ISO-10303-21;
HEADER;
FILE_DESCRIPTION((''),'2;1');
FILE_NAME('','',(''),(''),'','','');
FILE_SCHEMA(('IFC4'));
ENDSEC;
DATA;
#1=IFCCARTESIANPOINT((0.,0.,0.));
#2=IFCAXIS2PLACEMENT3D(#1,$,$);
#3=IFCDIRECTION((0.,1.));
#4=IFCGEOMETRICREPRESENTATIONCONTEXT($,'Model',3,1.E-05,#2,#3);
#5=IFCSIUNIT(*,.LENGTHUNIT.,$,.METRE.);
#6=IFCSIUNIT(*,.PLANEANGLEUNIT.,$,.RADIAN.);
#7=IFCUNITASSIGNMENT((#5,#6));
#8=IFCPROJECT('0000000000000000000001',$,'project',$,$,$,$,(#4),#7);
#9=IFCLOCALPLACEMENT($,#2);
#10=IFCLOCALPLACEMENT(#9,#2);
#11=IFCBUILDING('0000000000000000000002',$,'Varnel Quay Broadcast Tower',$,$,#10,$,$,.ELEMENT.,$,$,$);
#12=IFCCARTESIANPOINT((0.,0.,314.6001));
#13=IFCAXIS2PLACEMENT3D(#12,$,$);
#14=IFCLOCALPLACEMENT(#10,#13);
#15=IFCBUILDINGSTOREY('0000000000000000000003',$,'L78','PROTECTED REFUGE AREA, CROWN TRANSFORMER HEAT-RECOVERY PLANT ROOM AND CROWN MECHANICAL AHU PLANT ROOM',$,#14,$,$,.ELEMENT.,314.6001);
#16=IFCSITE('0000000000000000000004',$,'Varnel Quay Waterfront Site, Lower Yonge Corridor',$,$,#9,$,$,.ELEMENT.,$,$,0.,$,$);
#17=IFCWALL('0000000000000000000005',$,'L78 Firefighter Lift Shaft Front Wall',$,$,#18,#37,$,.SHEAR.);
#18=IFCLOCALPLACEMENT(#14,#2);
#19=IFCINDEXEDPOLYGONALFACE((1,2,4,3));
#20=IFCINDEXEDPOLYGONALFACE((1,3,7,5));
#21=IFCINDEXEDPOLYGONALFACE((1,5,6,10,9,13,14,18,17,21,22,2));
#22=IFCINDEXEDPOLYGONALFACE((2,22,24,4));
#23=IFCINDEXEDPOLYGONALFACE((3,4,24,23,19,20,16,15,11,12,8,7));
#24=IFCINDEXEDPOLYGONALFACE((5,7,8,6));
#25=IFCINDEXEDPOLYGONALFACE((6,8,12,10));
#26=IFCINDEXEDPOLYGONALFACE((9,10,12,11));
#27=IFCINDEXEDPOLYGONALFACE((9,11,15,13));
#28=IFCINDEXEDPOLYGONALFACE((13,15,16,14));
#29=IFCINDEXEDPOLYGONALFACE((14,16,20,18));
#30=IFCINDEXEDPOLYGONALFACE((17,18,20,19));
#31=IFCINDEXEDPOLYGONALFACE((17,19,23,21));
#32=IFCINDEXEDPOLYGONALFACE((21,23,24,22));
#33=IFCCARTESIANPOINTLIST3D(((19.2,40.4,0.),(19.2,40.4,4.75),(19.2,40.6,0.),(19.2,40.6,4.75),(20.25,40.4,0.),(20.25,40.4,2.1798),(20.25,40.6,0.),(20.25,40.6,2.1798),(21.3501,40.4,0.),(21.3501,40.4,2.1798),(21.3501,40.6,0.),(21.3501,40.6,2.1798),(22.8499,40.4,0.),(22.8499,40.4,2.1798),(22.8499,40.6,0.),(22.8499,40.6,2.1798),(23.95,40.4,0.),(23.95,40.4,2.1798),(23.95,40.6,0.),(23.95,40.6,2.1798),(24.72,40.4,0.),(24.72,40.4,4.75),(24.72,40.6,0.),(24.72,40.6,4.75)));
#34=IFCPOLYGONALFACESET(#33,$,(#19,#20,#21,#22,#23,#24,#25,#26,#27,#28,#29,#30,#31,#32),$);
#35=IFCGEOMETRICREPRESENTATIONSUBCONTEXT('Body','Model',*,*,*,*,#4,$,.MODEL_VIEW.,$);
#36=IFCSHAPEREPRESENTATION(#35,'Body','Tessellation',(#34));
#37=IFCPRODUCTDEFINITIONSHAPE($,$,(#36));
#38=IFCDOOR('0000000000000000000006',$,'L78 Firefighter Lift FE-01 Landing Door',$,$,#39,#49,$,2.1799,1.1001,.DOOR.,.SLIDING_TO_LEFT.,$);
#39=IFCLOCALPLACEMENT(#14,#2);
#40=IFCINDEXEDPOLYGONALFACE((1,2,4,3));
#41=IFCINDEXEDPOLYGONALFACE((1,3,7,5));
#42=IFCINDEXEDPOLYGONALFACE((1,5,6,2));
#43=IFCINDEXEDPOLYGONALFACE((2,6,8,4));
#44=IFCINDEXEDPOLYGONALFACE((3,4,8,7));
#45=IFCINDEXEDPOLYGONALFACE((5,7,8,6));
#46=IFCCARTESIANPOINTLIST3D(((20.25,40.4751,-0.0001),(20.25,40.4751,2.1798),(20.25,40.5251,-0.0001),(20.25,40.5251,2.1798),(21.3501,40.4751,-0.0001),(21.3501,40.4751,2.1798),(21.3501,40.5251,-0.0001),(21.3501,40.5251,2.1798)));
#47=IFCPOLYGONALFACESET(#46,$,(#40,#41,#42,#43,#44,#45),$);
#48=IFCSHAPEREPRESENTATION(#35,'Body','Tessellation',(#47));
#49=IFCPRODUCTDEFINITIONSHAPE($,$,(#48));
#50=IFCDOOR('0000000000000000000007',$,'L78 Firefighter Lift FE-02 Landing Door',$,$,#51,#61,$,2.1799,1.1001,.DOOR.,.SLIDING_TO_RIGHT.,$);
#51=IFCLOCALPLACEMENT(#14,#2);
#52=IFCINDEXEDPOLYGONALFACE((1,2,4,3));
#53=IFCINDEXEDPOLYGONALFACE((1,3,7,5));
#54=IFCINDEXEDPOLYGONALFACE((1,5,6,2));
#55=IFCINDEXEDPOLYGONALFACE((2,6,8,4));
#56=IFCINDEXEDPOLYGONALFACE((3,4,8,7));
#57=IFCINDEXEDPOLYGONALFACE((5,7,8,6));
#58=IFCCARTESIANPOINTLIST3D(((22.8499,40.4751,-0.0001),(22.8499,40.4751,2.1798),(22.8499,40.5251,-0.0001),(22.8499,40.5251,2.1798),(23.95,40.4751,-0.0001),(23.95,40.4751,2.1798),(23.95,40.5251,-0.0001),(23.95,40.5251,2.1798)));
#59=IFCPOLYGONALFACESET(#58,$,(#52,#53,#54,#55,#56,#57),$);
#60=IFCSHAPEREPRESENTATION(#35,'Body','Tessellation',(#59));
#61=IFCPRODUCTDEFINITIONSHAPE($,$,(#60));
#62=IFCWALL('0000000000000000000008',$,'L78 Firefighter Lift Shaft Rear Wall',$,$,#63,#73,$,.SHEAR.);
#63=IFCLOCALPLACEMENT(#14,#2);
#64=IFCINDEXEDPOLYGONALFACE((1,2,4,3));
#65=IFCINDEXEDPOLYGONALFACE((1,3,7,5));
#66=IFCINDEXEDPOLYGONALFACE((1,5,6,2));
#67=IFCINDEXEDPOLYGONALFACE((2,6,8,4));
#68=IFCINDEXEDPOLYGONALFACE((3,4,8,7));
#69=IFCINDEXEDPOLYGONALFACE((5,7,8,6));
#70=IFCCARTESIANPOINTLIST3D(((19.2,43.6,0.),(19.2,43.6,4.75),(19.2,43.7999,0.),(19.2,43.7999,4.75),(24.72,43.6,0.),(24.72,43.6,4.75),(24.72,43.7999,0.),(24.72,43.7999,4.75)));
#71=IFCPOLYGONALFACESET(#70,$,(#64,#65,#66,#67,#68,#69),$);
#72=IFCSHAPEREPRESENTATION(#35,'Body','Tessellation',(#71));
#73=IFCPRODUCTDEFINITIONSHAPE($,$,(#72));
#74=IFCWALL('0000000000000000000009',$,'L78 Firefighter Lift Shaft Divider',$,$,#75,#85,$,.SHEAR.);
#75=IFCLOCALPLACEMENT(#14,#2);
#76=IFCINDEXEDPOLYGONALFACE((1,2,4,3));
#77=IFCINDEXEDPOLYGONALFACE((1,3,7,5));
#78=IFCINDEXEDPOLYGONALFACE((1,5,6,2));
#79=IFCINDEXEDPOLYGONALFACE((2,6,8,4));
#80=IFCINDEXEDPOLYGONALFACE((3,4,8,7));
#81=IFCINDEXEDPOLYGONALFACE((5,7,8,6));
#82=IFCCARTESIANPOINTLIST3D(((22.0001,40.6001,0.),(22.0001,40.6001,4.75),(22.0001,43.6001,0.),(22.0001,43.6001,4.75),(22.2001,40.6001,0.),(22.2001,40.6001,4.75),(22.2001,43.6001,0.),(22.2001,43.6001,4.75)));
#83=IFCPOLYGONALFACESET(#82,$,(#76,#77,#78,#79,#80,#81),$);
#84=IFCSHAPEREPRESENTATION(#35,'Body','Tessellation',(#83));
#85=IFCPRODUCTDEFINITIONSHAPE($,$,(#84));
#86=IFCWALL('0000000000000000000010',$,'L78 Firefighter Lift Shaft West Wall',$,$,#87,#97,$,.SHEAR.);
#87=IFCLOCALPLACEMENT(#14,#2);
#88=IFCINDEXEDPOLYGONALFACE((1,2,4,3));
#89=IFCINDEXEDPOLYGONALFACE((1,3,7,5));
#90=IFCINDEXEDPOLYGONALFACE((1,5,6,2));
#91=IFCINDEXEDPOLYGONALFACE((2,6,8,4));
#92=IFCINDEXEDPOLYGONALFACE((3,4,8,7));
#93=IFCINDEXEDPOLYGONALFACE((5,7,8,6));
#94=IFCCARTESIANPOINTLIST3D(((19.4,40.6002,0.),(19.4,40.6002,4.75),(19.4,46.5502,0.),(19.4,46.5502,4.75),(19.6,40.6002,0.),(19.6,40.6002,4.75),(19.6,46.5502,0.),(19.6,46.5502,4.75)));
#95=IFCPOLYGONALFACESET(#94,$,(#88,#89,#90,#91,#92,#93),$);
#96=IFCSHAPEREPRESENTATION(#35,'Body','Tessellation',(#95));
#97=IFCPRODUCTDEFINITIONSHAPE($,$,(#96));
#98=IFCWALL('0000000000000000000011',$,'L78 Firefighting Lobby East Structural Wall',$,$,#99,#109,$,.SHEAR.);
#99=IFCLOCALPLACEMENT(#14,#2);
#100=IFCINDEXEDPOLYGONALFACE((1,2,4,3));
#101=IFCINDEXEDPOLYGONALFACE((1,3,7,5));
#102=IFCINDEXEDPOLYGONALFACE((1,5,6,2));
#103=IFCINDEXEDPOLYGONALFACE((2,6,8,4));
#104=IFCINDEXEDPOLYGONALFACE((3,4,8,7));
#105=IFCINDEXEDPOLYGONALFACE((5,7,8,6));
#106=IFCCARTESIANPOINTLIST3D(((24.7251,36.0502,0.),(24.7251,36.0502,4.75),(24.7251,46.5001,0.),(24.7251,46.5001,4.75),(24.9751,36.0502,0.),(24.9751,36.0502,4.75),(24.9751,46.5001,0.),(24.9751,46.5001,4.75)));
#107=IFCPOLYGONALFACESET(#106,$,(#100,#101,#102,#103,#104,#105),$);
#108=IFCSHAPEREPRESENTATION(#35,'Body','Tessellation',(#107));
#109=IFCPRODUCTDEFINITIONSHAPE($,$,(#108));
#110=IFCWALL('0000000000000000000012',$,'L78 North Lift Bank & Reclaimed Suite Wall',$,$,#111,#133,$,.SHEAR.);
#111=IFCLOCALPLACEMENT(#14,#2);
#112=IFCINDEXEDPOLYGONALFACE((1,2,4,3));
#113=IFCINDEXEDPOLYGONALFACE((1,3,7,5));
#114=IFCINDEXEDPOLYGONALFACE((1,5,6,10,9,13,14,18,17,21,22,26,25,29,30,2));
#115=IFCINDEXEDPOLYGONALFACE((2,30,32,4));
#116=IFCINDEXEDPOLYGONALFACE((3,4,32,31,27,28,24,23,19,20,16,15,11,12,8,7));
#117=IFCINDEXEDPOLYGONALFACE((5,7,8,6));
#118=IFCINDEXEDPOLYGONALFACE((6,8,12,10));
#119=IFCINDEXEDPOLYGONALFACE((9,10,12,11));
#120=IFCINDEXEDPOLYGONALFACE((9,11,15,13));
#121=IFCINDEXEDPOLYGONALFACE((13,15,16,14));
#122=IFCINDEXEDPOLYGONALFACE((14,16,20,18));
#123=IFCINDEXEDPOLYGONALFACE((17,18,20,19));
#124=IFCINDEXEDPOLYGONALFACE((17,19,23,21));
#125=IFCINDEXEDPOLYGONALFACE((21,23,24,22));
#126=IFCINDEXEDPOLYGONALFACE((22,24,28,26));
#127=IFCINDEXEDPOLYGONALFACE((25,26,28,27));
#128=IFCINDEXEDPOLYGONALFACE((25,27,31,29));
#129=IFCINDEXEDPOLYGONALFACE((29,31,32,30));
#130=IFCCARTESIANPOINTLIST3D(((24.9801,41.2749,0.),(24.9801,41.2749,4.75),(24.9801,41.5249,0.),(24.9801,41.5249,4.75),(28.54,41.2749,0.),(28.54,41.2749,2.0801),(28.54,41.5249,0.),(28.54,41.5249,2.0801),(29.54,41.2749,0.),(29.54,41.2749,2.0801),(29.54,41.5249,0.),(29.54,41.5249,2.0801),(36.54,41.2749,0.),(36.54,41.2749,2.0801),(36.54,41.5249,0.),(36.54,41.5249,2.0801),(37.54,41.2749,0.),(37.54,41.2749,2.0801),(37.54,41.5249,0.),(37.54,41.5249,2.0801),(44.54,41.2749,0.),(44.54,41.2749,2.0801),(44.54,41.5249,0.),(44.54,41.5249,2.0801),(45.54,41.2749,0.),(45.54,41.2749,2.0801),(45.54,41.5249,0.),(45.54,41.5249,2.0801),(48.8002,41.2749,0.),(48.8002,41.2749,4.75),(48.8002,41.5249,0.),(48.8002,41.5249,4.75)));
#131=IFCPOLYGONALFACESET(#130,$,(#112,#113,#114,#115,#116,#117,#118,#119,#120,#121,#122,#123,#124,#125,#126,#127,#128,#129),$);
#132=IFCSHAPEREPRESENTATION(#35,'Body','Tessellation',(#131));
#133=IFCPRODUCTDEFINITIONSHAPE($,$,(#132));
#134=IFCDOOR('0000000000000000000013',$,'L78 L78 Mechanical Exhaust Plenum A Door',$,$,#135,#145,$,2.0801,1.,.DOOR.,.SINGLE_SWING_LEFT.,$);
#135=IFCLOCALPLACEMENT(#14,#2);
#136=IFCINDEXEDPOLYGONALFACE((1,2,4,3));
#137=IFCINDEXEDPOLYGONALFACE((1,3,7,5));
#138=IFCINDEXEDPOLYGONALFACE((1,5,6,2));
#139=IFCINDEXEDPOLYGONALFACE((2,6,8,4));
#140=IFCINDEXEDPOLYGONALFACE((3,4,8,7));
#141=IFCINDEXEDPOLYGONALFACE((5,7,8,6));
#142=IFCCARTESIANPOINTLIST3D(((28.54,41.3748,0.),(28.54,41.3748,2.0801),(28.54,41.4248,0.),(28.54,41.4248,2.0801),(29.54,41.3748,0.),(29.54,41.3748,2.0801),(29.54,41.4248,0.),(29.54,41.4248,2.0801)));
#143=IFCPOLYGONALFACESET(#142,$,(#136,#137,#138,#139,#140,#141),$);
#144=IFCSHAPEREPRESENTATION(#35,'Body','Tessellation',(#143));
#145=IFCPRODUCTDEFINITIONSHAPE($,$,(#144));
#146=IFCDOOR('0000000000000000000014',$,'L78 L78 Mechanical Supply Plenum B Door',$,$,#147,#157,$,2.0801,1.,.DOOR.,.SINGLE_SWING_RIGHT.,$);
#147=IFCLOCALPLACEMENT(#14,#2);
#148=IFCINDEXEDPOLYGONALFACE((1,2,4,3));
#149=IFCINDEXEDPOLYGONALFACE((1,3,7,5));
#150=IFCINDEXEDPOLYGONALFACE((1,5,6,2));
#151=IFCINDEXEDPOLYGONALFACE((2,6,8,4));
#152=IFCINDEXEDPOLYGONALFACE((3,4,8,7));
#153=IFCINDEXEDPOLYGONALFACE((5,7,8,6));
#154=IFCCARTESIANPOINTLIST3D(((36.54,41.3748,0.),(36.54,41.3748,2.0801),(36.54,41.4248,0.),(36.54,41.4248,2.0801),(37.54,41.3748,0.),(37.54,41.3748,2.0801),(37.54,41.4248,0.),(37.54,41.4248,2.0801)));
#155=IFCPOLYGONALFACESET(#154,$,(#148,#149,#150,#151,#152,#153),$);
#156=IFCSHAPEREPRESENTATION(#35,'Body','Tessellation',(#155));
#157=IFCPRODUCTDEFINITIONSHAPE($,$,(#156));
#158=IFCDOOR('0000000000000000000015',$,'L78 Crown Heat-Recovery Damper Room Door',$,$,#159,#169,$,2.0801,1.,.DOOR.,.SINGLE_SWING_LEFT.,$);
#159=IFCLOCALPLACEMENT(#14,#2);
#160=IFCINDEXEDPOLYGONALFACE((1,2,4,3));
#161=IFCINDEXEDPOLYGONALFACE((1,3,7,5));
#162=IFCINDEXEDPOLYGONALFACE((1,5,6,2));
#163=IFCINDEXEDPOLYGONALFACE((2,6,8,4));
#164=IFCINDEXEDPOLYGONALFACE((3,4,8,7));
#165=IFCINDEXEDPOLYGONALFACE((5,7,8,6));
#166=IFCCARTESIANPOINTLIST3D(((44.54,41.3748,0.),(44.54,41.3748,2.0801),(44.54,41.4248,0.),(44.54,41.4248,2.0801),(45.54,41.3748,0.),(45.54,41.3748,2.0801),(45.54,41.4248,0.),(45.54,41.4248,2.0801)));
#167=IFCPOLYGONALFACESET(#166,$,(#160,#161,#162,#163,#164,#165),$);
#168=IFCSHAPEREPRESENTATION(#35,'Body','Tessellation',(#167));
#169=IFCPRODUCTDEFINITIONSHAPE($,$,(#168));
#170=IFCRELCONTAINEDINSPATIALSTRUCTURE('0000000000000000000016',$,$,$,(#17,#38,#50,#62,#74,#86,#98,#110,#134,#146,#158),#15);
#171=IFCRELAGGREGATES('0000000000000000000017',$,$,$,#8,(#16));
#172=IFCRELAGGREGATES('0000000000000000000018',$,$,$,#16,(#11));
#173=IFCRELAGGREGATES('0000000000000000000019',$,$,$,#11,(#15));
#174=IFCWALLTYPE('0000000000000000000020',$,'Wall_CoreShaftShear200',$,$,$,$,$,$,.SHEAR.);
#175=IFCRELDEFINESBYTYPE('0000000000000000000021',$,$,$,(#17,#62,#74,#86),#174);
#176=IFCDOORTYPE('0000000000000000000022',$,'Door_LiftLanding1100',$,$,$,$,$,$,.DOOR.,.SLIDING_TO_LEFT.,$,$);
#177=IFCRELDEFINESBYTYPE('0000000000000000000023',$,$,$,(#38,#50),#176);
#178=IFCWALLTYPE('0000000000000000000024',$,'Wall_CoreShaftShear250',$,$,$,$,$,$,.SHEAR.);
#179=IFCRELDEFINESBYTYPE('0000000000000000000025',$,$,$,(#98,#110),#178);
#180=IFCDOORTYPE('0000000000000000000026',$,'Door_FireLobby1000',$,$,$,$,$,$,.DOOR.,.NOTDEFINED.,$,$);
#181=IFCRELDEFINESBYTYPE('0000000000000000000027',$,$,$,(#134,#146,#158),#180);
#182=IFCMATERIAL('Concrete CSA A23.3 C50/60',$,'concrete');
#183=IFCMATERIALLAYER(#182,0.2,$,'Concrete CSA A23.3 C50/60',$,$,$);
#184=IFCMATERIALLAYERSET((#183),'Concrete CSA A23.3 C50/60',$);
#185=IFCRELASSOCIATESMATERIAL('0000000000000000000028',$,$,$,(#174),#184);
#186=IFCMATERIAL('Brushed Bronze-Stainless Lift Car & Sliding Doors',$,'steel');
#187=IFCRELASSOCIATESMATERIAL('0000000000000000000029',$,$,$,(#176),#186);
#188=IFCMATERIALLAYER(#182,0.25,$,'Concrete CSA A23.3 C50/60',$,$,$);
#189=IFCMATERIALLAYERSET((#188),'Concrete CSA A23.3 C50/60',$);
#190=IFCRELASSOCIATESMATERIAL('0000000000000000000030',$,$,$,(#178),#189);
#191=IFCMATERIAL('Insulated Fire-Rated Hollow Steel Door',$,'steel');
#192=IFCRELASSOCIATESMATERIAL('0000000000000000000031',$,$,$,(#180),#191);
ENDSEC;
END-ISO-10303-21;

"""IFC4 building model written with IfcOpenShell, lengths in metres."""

from ifc_helpers import new_model, si_unit, direction, frame, frame_2d, origin, place, context, subcontext, project, spatial, rectangle, extrude, source, transform, mapped, material, layer, layer_set, type_object, type_shapes, element, fill, save


model = new_model("IFC4")

# Units and contexts
model_context = context("Model", 3, precision=1e-05, world=origin(), true_north=direction((0.0, 1.0)))
body_context = subcontext(model_context, "Body", "Model", "MODEL_VIEW")
ifc_project = project(units=[si_unit("LENGTHUNIT", "METRE"), si_unit("PLANEANGLEUNIT", "RADIAN")], contexts=[model_context])

# Site, building, storey
site_placement = place(None, origin())
site = spatial("IfcSite", under=ifc_project, at=site_placement, Name="Varnel Quay Waterfront Site, Lower Yonge Corridor", CompositionType="ELEMENT", RefElevation=0.0)
building_placement = place(site_placement, origin())
building = spatial("IfcBuilding", under=site, at=building_placement, Name="Varnel Quay Broadcast Tower", CompositionType="ELEMENT")
storey_placement = place(building_placement, frame((0.0, 0.0, 314.6001)))
storey = spatial("IfcBuildingStorey", under=building, at=storey_placement, Name="L78", Description="PROTECTED REFUGE AREA, CROWN TRANSFORMER HEAT-RECOVERY PLANT ROOM AND CROWN MECHANICAL AHU PLANT ROOM", CompositionType="ELEMENT", Elevation=314.6001)

# Shared definitions
ifc_material_1 = material(Name="Concrete CSA A23.3 C50/60", Category="concrete")
ifc_layer_1 = layer(ifc_material_1, 0.2, Name="Concrete CSA A23.3 C50/60")
ifc_layer_set_1 = layer_set([ifc_layer_1], Name="Concrete CSA A23.3 C50/60")
wall_type_1 = type_object("IfcWallType", Name="Wall_CoreShaftShear200", PredefinedType="SHEAR", material=ifc_layer_set_1)
ifc_material_2 = material(Name="Insulated Fire-Rated Hollow Steel Door", Category="steel")

# Wall, openings, doors
wall_1_placement = place(storey_placement, frame((19.2, 40.5, 0.0), z_axis=(0.0, 0.0, 1.0), x_axis=(1.0, 0.0, 0.0)))
wall_1 = element("IfcWall", 1, at=wall_1_placement, inside=storey, type_object=wall_type_1, Name="L78 Firefighter Lift Shaft Front Wall", PredefinedType="SHEAR", context=body_context, shape_type="SweptSolid", body=[
    extrude(rectangle(XDim=5.52, YDim=0.2, at=frame_2d((2.76, 0.0))), origin(), (0.0, 0.0, 1.0), 4.75),
])
opening_1_placement = place(wall_1_placement, frame((1.05, 0.0, 0.0)))
opening_1 = element("IfcOpeningElement", 2, at=opening_1_placement, cuts=wall_1, PredefinedType="OPENING", context=body_context, shape_type="SweptSolid", body=[
    extrude(rectangle(XDim=1.1001, YDim=2.1799, at=frame_2d((0.55, 1.0898))), frame((0.0, 0.1099, 0.0), z_axis=(0.0, -1.0, 0.0), x_axis=(1.0, 0.0, 0.0)), (0.0, 0.0, 1.0), 0.22),
])
opening_2_placement = place(wall_1_placement, frame((3.6499, 0.0, 0.0)))
opening_2 = element("IfcOpeningElement", 3, at=opening_2_placement, cuts=wall_1, PredefinedType="OPENING", context=body_context, shape_type="SweptSolid", body=[
    extrude(rectangle(XDim=1.1001, YDim=2.1799, at=frame_2d((0.55, 1.0898))), frame((0.0, 0.1099, 0.0), z_axis=(0.0, -1.0, 0.0), x_axis=(1.0, 0.0, 0.0)), (0.0, 0.0, 1.0), 0.22),
])
ifc_material_3 = material(Name="Brushed Bronze-Stainless Lift Car & Sliding Doors", Category="steel")
door_type_1 = type_object("IfcDoorType", Name="Door_LiftLanding1100", OperationType="SLIDING_TO_LEFT", PredefinedType="DOOR", material=ifc_material_3)
shared_shape_1 = source(origin(), body_context, "Body", "SweptSolid", [
    extrude(rectangle(XDim=1.1001, YDim=2.1799, at=frame_2d((0.55, 1.0898))), frame((0.0, 0.0249, 0.0), z_axis=(0.0, -1.0, 0.0), x_axis=(1.0, 0.0, 0.0)), (0.0, 0.0, 1.0), 0.05),
])
type_shapes(door_type_1, [shared_shape_1])
door_1_placement = place(opening_1_placement, frame((1.1001, 0.0, 0.0), z_axis=(0.0, 0.0, 1.0), x_axis=(-1.0, 0.0, 0.0)))
door_1 = element("IfcDoor", 4, at=door_1_placement, inside=storey, type_object=door_type_1, Name="L78 Firefighter Lift FE-01 Landing Door", OperationType="SLIDING_TO_LEFT", OverallHeight=2.1799, OverallWidth=1.1001, PredefinedType="DOOR", context=body_context, shape_type="MappedRepresentation", body=[
    mapped(shared_shape_1, transform((0.0, 0.0, 0.0), x_axis=(1.0, 0.0, 0.0), y_axis=(0.0, 1.0, 0.0), z_axis=(0.0, 0.0, 1.0), scale=1.0)),
])
fill(opening_1, door_1)
door_2_placement = place(opening_2_placement, frame((1.1001, 0.0, 0.0), z_axis=(0.0, 0.0, 1.0), x_axis=(-1.0, 0.0, 0.0)))
door_2 = element("IfcDoor", 5, at=door_2_placement, inside=storey, type_object=door_type_1, Name="L78 Firefighter Lift FE-02 Landing Door", OperationType="SLIDING_TO_RIGHT", OverallHeight=2.1799, OverallWidth=1.1001, PredefinedType="DOOR", context=body_context, shape_type="MappedRepresentation", body=[
    mapped(shared_shape_1, transform((0.0, 0.0, 0.0), x_axis=(1.0, 0.0, 0.0), y_axis=(0.0, 1.0, 0.0), z_axis=(0.0, 0.0, 1.0), scale=1.0)),
])
fill(opening_2, door_2)

# Walls
wall_2_placement = place(storey_placement, frame((19.2, 43.7, 0.0), z_axis=(0.0, 0.0, 1.0), x_axis=(1.0, 0.0, 0.0)))
element("IfcWall", 6, at=wall_2_placement, inside=storey, type_object=wall_type_1, Name="L78 Firefighter Lift Shaft Rear Wall", PredefinedType="SHEAR", context=body_context, shape_type="SweptSolid", body=[
    extrude(rectangle(XDim=5.52, YDim=0.2, at=frame_2d((2.76, 0.0))), origin(), (0.0, 0.0, 1.0), 4.75),
])
wall_3_placement = place(storey_placement, frame((22.1001, 40.6001, 0.0), z_axis=(0.0, 0.0, 1.0), x_axis=(0.0, 1.0, 0.0)))
element("IfcWall", 7, at=wall_3_placement, inside=storey, type_object=wall_type_1, Name="L78 Firefighter Lift Shaft Divider", PredefinedType="SHEAR", context=body_context, shape_type="SweptSolid", body=[
    extrude(rectangle(XDim=3.0, YDim=0.2, at=frame_2d((1.5, 0.0))), origin(), (0.0, 0.0, 1.0), 4.75),
])
wall_4_placement = place(storey_placement, frame((19.5, 40.6001, 0.0), z_axis=(0.0, 0.0, 1.0), x_axis=(0.0, 1.0, 0.0)))
element("IfcWall", 8, at=wall_4_placement, inside=storey, type_object=wall_type_1, Name="L78 Firefighter Lift Shaft West Wall", PredefinedType="SHEAR", context=body_context, shape_type="SweptSolid", body=[
    extrude(rectangle(XDim=5.95, YDim=0.2, at=frame_2d((2.9751, 0.0))), origin(), (0.0, 0.0, 1.0), 4.75),
])
ifc_layer_2 = layer(ifc_material_1, 0.25, Name="Concrete CSA A23.3 C50/60")
ifc_layer_set_2 = layer_set([ifc_layer_2], Name="Concrete CSA A23.3 C50/60")
wall_type_2 = type_object("IfcWallType", Name="Wall_CoreShaftShear250", PredefinedType="SHEAR", material=ifc_layer_set_2)
wall_5_placement = place(storey_placement, frame((24.8501, 36.05, 0.0), z_axis=(0.0, 0.0, 1.0), x_axis=(0.0, 1.0, 0.0)))
element("IfcWall", 9, at=wall_5_placement, inside=storey, type_object=wall_type_2, Name="L78 Firefighting Lobby East Structural Wall", PredefinedType="SHEAR", context=body_context, shape_type="SweptSolid", body=[
    extrude(rectangle(XDim=10.45, YDim=0.25, at=frame_2d((5.2251, 0.0))), origin(), (0.0, 0.0, 1.0), 4.75),
])

# Wall, openings, doors
wall_6_placement = place(storey_placement, frame((24.98, 41.3999, 0.0), z_axis=(0.0, 0.0, 1.0), x_axis=(1.0, 0.0, 0.0)))
wall_6 = element("IfcWall", 10, at=wall_6_placement, inside=storey, type_object=wall_type_2, Name="L78 North Lift Bank & Reclaimed Suite Wall", PredefinedType="SHEAR", context=body_context, shape_type="SweptSolid", body=[
    extrude(rectangle(XDim=23.8201, YDim=0.25, at=frame_2d((11.9102, 0.0))), origin(), (0.0, 0.0, 1.0), 4.75),
])
opening_3_placement = place(wall_6_placement, frame((3.5601, 0.0, 0.0)))
opening_3 = element("IfcOpeningElement", 11, at=opening_3_placement, cuts=wall_6, PredefinedType="OPENING", context=body_context, shape_type="SweptSolid", body=[
    extrude(rectangle(XDim=1.0, YDim=2.0801, at=frame_2d((0.5, 1.04))), frame((0.0, 0.135, 0.0), z_axis=(0.0, -1.0, 0.0), x_axis=(1.0, 0.0, 0.0)), (0.0, 0.0, 1.0), 0.27),
])
opening_4_placement = place(wall_6_placement, frame((11.5601, 0.0, 0.0)))
opening_4 = element("IfcOpeningElement", 12, at=opening_4_placement, cuts=wall_6, PredefinedType="OPENING", context=body_context, shape_type="SweptSolid", body=[
    extrude(rectangle(XDim=1.0, YDim=2.0801, at=frame_2d((0.5, 1.04))), frame((0.0, 0.135, 0.0), z_axis=(0.0, -1.0, 0.0), x_axis=(1.0, 0.0, 0.0)), (0.0, 0.0, 1.0), 0.27),
])
opening_5_placement = place(wall_6_placement, frame((19.5601, 0.0, 0.0)))
opening_5 = element("IfcOpeningElement", 13, at=opening_5_placement, cuts=wall_6, PredefinedType="OPENING", context=body_context, shape_type="SweptSolid", body=[
    extrude(rectangle(XDim=1.0, YDim=2.0801, at=frame_2d((0.5, 1.04))), frame((0.0, 0.135, 0.0), z_axis=(0.0, -1.0, 0.0), x_axis=(1.0, 0.0, 0.0)), (0.0, 0.0, 1.0), 0.27),
])
door_type_2 = type_object("IfcDoorType", Name="Door_FireLobby1000", OperationType="NOTDEFINED", PredefinedType="DOOR", material=ifc_material_2)
shared_shape_2 = source(origin(), body_context, "Body", "SweptSolid", [
    extrude(rectangle(XDim=1.0, YDim=2.0801, at=frame_2d((0.5, 1.04))), frame((0.0, 0.0249, 0.0), z_axis=(0.0, -1.0, 0.0), x_axis=(1.0, 0.0, 0.0)), (0.0, 0.0, 1.0), 0.05),
])
door_3_placement = place(opening_3_placement, origin())
door_3 = element("IfcDoor", 14, at=door_3_placement, inside=storey, type_object=door_type_2, Name="L78 L78 Mechanical Exhaust Plenum A Door", OperationType="SINGLE_SWING_LEFT", OverallHeight=2.0801, OverallWidth=1.0, PredefinedType="DOOR", context=body_context, shape_type="MappedRepresentation", body=[
    mapped(shared_shape_2, transform((0.0, 0.0, 0.0), x_axis=(1.0, 0.0, 0.0), y_axis=(0.0, 1.0, 0.0), z_axis=(0.0, 0.0, 1.0), scale=1.0)),
])
fill(opening_3, door_3)
door_4_placement = place(opening_4_placement, origin())
door_4 = element("IfcDoor", 15, at=door_4_placement, inside=storey, type_object=door_type_2, Name="L78 L78 Mechanical Supply Plenum B Door", OperationType="SINGLE_SWING_RIGHT", OverallHeight=2.0801, OverallWidth=1.0, PredefinedType="DOOR", context=body_context, shape_type="MappedRepresentation", body=[
    mapped(shared_shape_2, transform((0.0, 0.0, 0.0), x_axis=(1.0, 0.0, 0.0), y_axis=(0.0, 1.0, 0.0), z_axis=(0.0, 0.0, 1.0), scale=1.0)),
])
fill(opening_4, door_4)
door_5_placement = place(opening_5_placement, origin())
door_5 = element("IfcDoor", 16, at=door_5_placement, inside=storey, type_object=door_type_2, Name="L78 Crown Heat-Recovery Damper Room Door", OperationType="SINGLE_SWING_LEFT", OverallHeight=2.0801, OverallWidth=1.0, PredefinedType="DOOR", context=body_context, shape_type="MappedRepresentation", body=[
    mapped(shared_shape_2, transform((0.0, 0.0, 0.0), x_axis=(1.0, 0.0, 0.0), y_axis=(0.0, 1.0, 0.0), z_axis=(0.0, 0.0, 1.0), scale=1.0)),
])
fill(opening_5, door_5)

save(model, "model.ifc")
